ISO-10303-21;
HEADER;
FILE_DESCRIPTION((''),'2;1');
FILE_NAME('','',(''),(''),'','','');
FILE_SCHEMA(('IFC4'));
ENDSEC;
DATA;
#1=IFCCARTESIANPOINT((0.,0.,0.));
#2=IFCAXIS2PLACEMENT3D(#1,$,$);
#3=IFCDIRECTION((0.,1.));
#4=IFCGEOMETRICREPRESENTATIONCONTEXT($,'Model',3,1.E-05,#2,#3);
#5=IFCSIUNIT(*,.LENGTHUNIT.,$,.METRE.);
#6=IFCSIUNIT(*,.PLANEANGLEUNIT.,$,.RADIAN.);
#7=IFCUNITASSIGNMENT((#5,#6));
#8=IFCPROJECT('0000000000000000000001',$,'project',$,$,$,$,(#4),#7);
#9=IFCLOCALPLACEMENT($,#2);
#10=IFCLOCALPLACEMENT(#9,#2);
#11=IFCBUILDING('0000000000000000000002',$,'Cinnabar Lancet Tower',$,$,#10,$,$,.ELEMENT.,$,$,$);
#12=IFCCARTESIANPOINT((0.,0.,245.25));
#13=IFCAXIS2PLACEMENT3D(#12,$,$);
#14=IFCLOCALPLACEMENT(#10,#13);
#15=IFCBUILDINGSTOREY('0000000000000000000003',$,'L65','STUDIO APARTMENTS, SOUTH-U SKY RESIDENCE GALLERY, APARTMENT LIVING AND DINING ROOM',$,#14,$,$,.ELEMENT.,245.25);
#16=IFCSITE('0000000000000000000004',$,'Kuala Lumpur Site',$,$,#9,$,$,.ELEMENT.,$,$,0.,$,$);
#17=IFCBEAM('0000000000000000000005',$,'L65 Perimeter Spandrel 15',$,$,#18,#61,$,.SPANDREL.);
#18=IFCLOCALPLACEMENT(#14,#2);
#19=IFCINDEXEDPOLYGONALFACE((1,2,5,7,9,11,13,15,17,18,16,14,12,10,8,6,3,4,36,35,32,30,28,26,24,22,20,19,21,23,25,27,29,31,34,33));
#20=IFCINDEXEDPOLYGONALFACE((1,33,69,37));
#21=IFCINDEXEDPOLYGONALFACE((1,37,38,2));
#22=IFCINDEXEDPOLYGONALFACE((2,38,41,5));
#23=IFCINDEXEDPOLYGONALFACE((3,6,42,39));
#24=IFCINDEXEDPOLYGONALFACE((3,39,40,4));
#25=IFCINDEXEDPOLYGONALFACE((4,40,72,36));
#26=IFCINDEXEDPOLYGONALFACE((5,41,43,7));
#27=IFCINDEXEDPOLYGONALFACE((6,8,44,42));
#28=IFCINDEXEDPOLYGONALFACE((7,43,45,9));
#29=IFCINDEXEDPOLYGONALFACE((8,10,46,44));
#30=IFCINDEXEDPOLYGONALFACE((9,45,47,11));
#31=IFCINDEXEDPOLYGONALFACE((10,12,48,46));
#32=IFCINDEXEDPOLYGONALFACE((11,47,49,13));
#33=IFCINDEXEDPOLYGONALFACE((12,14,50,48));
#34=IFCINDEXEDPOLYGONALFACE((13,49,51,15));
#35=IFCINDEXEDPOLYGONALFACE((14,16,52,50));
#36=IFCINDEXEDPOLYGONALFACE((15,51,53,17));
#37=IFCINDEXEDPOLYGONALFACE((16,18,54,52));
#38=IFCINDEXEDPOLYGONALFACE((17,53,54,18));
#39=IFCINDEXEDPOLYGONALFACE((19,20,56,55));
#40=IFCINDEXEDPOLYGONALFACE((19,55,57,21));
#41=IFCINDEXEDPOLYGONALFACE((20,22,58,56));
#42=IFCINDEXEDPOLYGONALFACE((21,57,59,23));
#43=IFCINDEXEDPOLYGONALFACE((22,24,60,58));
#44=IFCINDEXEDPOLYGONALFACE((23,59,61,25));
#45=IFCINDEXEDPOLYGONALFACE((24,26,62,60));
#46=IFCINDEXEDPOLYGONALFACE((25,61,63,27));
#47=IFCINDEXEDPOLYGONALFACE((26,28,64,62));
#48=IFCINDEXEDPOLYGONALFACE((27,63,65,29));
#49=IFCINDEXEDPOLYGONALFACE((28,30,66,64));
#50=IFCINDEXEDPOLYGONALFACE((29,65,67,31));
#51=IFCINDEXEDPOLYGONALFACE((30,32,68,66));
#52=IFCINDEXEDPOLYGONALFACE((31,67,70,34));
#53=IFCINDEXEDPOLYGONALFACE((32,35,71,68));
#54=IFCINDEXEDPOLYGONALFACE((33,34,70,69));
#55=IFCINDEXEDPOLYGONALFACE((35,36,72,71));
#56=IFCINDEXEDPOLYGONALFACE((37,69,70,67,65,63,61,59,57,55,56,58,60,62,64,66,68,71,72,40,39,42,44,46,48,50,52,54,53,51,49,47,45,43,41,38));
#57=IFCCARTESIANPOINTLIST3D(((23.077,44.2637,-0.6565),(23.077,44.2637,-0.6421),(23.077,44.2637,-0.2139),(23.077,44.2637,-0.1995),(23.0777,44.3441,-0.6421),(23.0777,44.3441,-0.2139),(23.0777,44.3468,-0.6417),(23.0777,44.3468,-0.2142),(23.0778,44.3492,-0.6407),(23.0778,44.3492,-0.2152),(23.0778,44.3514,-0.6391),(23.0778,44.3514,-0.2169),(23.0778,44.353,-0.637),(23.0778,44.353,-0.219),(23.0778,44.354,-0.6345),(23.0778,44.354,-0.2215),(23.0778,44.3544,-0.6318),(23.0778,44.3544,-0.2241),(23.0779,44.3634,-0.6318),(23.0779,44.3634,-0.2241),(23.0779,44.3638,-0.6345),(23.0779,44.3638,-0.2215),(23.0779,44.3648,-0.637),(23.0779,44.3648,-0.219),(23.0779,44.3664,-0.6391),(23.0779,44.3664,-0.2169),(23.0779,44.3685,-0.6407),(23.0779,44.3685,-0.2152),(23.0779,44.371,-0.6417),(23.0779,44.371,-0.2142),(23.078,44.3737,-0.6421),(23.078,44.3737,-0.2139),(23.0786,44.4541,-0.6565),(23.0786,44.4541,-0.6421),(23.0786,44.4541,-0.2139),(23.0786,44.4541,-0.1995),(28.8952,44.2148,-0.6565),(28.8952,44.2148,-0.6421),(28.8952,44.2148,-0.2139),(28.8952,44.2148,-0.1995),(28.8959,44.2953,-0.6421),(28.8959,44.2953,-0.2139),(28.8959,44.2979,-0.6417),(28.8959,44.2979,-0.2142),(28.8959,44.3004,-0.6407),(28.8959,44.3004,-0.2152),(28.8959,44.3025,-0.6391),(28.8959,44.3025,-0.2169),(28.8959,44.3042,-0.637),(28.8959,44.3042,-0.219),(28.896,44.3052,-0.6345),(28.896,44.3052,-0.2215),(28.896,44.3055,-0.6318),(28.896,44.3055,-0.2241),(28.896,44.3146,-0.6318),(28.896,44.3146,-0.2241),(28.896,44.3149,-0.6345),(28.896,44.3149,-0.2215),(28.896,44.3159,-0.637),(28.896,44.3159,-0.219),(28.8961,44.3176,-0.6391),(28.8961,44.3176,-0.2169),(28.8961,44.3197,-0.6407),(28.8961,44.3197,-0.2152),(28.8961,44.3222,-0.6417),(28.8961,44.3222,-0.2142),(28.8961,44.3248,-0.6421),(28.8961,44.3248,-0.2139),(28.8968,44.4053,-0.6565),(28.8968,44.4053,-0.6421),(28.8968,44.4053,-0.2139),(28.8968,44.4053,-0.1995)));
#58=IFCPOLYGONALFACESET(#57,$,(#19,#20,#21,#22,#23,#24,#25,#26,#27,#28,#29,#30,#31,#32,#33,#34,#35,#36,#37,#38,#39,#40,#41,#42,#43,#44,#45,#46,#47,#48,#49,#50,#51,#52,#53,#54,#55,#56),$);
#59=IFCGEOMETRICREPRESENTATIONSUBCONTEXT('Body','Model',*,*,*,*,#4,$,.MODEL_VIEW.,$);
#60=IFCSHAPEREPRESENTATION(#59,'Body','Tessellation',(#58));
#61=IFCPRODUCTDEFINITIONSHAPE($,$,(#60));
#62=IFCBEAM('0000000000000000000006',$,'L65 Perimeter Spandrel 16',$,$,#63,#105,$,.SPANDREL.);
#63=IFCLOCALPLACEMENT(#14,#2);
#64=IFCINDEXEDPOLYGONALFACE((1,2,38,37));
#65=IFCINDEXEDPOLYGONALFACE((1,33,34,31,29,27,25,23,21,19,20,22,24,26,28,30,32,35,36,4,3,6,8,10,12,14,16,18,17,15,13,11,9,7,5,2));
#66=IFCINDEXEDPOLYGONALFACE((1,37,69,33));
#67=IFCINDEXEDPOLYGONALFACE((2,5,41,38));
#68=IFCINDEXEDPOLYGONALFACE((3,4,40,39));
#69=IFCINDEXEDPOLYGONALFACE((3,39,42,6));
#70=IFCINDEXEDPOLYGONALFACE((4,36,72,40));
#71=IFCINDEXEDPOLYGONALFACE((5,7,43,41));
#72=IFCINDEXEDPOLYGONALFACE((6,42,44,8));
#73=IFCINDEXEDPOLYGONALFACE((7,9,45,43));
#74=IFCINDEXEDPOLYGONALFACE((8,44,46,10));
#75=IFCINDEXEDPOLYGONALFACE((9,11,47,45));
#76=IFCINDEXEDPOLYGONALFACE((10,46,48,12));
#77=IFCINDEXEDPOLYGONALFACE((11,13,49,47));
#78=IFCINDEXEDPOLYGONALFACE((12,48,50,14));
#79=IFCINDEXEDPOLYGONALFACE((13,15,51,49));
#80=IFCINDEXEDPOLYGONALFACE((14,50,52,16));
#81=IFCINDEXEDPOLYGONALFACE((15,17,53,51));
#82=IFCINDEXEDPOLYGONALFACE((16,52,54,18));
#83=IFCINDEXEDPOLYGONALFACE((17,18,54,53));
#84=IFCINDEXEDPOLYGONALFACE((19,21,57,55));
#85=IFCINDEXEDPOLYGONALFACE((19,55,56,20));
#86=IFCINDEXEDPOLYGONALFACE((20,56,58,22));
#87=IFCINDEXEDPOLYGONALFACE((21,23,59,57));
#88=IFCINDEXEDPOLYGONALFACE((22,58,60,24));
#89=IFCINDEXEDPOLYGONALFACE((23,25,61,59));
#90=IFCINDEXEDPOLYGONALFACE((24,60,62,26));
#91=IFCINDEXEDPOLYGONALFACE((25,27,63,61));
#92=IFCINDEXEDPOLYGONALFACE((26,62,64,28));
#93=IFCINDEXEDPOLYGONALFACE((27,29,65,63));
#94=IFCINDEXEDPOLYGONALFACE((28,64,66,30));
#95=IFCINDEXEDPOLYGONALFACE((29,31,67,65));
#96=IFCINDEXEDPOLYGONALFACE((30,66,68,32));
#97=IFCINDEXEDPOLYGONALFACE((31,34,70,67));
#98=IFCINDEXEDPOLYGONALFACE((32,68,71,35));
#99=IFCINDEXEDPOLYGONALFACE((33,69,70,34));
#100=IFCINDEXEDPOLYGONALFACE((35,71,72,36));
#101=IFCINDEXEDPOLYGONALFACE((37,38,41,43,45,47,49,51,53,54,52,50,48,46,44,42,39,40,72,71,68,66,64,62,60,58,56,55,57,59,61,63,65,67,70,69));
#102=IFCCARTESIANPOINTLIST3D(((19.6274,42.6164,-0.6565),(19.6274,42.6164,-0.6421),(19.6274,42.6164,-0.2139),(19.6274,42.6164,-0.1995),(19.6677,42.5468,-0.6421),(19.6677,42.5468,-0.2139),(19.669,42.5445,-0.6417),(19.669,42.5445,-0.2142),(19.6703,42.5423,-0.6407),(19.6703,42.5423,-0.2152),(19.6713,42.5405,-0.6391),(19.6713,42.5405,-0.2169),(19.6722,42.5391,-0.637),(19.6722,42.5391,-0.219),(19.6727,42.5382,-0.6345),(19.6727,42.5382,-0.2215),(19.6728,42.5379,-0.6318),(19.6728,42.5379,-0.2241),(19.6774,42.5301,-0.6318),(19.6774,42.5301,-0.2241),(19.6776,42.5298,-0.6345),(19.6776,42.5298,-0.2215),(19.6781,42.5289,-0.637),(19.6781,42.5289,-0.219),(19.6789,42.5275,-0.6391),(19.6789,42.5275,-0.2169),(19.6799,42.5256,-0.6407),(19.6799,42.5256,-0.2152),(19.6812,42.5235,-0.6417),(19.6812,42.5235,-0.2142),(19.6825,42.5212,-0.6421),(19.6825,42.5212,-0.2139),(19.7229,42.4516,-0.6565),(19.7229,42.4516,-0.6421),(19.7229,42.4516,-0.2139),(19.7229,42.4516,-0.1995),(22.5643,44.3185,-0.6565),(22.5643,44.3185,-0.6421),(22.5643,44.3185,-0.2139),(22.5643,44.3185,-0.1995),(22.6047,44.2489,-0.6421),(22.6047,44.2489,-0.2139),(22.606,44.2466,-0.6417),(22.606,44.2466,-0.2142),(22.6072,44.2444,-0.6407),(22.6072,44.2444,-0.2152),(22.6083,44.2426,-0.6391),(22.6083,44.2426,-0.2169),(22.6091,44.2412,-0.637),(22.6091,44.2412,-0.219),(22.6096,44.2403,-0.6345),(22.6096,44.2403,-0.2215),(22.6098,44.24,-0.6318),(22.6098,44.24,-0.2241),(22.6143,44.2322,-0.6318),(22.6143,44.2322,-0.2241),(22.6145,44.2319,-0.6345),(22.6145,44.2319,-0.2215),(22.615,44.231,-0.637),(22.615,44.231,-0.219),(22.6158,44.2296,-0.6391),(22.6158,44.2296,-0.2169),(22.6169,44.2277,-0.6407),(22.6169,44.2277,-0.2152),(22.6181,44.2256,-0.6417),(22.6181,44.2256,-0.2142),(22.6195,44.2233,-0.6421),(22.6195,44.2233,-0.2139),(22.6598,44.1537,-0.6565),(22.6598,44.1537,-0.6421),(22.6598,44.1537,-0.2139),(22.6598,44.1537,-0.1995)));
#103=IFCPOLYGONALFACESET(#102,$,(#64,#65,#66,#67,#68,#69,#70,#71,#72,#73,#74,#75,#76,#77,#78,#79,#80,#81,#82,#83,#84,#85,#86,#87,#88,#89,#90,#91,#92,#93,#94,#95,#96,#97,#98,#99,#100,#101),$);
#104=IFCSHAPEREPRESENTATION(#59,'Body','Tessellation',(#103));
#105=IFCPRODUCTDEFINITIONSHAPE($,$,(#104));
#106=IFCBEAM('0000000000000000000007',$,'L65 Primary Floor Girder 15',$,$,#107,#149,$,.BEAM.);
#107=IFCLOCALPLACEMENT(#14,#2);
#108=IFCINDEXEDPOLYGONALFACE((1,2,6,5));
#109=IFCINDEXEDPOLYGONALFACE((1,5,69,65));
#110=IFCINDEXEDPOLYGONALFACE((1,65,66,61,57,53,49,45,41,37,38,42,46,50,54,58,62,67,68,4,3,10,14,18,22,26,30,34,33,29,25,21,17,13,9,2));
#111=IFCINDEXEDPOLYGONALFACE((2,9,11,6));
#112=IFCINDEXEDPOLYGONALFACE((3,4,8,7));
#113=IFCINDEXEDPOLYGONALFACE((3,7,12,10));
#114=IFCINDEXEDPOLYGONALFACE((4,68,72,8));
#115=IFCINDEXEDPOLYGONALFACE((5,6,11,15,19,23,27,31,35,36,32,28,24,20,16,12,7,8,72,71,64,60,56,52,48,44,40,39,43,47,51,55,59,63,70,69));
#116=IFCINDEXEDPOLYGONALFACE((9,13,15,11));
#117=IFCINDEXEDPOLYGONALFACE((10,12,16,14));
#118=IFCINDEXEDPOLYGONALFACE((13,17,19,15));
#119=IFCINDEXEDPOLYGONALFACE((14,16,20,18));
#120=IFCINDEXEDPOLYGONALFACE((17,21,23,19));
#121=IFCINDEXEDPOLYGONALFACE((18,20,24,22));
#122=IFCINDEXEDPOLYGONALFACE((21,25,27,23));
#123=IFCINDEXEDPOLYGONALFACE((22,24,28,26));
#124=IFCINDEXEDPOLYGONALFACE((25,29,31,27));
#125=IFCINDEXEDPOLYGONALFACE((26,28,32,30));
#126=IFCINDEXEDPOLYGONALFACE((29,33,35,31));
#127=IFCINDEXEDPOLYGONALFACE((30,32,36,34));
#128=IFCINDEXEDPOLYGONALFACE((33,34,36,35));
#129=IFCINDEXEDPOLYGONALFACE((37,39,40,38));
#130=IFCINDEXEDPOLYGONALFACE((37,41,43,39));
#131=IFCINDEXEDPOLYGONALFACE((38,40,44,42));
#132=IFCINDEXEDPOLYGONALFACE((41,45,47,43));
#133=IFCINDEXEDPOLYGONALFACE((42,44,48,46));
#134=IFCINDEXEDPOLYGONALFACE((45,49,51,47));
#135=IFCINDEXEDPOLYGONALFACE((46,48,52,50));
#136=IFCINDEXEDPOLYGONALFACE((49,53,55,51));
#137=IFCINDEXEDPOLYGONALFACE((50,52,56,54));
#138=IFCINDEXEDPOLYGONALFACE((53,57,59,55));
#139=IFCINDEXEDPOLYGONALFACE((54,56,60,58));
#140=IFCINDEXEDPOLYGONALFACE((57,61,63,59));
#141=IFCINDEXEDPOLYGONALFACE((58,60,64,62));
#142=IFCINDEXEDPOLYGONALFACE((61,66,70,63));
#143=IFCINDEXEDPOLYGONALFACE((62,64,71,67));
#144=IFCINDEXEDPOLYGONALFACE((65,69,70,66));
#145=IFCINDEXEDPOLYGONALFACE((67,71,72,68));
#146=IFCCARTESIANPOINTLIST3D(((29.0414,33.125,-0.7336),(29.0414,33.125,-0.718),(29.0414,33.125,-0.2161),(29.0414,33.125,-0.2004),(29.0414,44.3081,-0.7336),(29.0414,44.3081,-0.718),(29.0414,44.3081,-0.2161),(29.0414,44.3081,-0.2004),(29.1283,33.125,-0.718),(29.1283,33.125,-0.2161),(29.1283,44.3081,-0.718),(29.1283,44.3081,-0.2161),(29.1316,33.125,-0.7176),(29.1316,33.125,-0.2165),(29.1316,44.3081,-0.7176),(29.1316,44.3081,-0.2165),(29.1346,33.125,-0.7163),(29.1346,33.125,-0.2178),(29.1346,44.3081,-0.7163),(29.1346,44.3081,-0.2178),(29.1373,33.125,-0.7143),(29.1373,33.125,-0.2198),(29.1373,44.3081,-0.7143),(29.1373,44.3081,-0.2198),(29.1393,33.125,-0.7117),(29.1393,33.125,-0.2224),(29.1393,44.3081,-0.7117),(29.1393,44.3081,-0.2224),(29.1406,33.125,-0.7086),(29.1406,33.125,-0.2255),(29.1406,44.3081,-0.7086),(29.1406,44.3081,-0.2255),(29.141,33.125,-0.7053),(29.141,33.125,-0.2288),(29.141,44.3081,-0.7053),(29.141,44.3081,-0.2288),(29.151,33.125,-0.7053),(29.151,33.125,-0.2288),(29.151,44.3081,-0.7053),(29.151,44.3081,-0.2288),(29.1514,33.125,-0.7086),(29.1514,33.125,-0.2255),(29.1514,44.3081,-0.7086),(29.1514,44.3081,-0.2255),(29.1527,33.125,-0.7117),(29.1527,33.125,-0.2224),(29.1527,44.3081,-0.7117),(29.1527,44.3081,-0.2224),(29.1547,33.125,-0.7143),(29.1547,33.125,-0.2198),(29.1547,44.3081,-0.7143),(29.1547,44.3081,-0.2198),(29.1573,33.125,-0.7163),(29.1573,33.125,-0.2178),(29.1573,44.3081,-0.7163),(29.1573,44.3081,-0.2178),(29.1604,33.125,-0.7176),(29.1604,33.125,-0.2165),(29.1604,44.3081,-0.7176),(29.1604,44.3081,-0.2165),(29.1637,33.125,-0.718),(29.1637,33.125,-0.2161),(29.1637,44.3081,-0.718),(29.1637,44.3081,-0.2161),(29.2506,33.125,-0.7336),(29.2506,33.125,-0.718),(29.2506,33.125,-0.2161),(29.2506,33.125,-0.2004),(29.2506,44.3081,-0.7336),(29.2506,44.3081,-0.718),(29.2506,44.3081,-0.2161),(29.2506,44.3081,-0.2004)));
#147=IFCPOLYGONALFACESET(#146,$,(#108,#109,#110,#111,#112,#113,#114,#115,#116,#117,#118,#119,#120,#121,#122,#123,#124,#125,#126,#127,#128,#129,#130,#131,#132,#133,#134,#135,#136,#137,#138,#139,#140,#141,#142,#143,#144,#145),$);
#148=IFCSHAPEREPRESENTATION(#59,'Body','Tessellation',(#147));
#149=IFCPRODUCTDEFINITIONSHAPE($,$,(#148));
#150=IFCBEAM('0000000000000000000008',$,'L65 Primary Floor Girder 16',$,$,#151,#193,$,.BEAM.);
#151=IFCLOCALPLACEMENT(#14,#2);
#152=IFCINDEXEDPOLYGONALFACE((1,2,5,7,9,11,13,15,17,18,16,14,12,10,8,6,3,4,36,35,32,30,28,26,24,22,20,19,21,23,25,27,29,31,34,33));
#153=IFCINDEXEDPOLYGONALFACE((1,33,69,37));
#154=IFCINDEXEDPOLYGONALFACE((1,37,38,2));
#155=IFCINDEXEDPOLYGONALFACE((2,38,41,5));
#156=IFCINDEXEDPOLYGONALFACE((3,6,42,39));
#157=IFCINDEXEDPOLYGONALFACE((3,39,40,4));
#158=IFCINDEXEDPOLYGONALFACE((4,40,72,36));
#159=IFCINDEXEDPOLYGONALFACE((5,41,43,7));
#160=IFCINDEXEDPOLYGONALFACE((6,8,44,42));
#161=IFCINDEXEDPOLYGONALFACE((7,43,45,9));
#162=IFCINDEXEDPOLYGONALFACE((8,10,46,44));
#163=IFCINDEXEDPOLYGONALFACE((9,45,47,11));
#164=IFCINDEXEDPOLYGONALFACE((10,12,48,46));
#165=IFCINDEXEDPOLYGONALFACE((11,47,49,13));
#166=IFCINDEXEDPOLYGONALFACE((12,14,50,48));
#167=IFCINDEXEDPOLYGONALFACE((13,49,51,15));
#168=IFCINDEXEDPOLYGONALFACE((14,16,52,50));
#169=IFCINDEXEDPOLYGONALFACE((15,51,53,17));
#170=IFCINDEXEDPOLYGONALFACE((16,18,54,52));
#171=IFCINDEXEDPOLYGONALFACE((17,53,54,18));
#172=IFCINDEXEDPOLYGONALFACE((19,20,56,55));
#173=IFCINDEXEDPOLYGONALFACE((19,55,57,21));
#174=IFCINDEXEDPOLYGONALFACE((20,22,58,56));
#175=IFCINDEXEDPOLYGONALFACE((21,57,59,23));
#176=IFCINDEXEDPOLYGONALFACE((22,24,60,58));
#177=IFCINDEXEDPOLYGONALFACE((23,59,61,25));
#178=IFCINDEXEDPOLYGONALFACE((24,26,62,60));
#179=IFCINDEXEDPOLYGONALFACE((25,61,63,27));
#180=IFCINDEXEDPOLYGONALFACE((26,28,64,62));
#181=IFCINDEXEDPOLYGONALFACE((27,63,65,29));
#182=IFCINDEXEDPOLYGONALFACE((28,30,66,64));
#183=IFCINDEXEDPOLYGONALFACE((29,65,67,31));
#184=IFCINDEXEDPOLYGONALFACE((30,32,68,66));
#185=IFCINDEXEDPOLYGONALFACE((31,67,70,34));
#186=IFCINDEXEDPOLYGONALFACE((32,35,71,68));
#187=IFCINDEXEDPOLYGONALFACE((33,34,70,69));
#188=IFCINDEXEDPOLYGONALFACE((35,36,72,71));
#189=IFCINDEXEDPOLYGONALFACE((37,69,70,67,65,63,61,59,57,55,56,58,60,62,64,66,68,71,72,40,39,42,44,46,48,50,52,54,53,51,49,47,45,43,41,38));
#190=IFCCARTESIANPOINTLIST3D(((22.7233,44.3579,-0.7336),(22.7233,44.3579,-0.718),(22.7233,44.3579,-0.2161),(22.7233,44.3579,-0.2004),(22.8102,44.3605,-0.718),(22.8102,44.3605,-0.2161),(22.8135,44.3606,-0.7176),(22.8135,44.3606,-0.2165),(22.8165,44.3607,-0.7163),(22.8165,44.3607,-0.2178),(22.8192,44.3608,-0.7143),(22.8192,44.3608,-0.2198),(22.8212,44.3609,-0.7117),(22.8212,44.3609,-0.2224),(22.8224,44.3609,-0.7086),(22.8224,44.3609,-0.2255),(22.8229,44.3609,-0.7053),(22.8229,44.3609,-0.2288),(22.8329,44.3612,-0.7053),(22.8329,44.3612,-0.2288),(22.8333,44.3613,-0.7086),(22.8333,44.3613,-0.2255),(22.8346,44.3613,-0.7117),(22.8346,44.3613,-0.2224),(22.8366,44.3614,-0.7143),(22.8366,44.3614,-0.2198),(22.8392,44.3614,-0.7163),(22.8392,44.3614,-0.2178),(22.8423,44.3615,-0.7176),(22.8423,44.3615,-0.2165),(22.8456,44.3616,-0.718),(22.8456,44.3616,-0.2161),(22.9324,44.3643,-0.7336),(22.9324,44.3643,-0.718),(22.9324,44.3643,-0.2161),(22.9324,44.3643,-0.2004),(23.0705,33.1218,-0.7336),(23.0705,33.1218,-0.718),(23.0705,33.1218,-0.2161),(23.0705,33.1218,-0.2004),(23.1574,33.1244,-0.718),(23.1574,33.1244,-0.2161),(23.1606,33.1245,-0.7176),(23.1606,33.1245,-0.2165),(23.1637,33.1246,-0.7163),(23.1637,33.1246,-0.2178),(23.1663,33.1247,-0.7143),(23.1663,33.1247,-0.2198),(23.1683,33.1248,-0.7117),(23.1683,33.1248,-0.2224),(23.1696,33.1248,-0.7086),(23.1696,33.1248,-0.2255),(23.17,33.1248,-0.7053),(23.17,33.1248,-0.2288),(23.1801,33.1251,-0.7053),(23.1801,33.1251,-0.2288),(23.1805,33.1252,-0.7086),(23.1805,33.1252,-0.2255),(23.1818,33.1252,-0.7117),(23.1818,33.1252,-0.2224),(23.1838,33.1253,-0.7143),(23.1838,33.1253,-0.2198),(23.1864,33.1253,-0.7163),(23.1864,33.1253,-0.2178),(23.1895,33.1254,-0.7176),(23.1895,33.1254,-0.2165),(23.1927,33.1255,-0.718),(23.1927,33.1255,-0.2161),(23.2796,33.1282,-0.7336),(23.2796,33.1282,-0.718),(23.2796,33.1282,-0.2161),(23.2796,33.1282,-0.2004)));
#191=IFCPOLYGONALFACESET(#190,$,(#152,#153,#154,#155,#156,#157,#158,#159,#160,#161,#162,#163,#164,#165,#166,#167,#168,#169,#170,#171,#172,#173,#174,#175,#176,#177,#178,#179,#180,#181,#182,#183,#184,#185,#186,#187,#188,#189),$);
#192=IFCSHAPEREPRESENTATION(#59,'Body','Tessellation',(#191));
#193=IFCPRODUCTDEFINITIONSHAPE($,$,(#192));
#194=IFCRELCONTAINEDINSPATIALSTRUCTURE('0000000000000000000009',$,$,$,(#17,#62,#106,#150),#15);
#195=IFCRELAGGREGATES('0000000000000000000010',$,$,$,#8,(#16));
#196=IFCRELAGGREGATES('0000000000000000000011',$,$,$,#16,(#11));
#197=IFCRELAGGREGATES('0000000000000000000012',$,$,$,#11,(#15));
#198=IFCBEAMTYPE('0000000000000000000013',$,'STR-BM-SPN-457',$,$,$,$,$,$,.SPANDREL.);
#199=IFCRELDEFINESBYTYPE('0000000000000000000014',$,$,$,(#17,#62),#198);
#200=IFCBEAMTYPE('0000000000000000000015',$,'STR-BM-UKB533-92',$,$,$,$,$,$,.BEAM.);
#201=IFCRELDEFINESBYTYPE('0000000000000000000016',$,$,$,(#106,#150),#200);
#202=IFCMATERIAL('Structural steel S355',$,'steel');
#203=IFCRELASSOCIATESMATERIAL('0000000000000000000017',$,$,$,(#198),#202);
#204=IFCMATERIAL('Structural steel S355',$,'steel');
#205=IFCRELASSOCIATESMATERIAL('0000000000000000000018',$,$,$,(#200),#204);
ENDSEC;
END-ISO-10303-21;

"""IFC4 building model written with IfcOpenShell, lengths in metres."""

from ifc_helpers import new_model, si_unit, direction, frame, origin, origin_2d, place, context, subcontext, project, spatial, i_section, extrude, material, material_profile, profile_set, type_object, element, save


model = new_model("IFC4")

# Units and contexts
model_context = context("Model", 3, precision=1e-05, world=origin(), true_north=direction((0.0, 1.0)))
body_context = subcontext(model_context, "Body", "Model", "MODEL_VIEW")
ifc_project = project(units=[si_unit("LENGTHUNIT", "METRE"), si_unit("PLANEANGLEUNIT", "RADIAN")], contexts=[model_context])

# Site, building, storey
site_placement = place(None, origin())
site = spatial("IfcSite", under=ifc_project, at=site_placement, Name="Kuala Lumpur Site", CompositionType="ELEMENT", RefElevation=0.0)
building_placement = place(site_placement, origin())
building = spatial("IfcBuilding", under=site, at=building_placement, Name="Cinnabar Lancet Tower", CompositionType="ELEMENT")
storey_placement = place(building_placement, frame((0.0, 0.0, 245.25)))
storey = spatial("IfcBuildingStorey", under=building, at=storey_placement, Name="L65", Description="STUDIO APARTMENTS, SOUTH-U SKY RESIDENCE GALLERY, APARTMENT LIVING AND DINING ROOM", CompositionType="ELEMENT", Elevation=245.25)

# Beams
ifc_material_1 = material(Name="Structural steel S355", Category="steel")
ifc_material_profile_1 = material_profile(ifc_material_1, i_section(OverallWidth=0.1904, OverallDepth=0.457, WebThickness=0.009, FlangeThickness=0.0144, FilletRadius=0.0103, at=origin_2d()), Name="UKB 457x191x74")
ifc_profile_set_1 = profile_set([ifc_material_profile_1], Name="Structural steel S355")
beam_type_1 = type_object("IfcBeamType", Name="STR-BM-SPN-457", PredefinedType="SPANDREL", material=ifc_profile_set_1)
beam_1_placement = place(storey_placement, frame((28.896, 44.3101, -0.428), z_axis=(-0.999965, 0.008392, 0.0), x_axis=(-0.008392, -0.999965, 0.0)))
element("IfcBeam", 1, at=beam_1_placement, inside=storey, type_object=beam_type_1, Name="L65 Perimeter Spandrel 15", PredefinedType="SPANDREL", context=body_context, shape_type="SweptSolid", body=[
    extrude(i_section(OverallWidth=0.1904, OverallDepth=0.457, WebThickness=0.009, FlangeThickness=0.0144, FilletRadius=0.0103, at=origin_2d()), origin(), (0.0, 0.0, 1.0), 5.8184),
])
beam_2_placement = place(storey_placement, frame((22.6121, 44.2361, -0.428), z_axis=(-0.8652, -0.501427, 0.0), x_axis=(0.501427, -0.8652, 0.0)))
element("IfcBeam", 2, at=beam_2_placement, inside=storey, type_object=beam_type_1, Name="L65 Perimeter Spandrel 16", PredefinedType="SPANDREL", context=body_context, shape_type="SweptSolid", body=[
    extrude(i_section(OverallWidth=0.1904, OverallDepth=0.457, WebThickness=0.009, FlangeThickness=0.0144, FilletRadius=0.0103, at=origin_2d()), origin(), (0.0, 0.0, 1.0), 3.3945),
])
ifc_material_2 = material(Name="Structural steel S355", Category="steel")
ifc_material_profile_2 = material_profile(ifc_material_2, i_section(OverallWidth=0.2092, OverallDepth=0.5332, WebThickness=0.01, FlangeThickness=0.0156, FilletRadius=0.0127, at=origin_2d()), Name="UKB 533x210x92")
ifc_profile_set_2 = profile_set([ifc_material_profile_2], Name="Structural steel S355")
beam_type_2 = type_object("IfcBeamType", Name="STR-BM-UKB533-92", PredefinedType="BEAM", material=ifc_profile_set_2)
beam_3_placement = place(storey_placement, frame((29.146, 44.3081, -0.467), z_axis=(0.0, -1.0, 0.0), x_axis=(1.0, 0.0, 0.0)))
element("IfcBeam", 3, at=beam_3_placement, inside=storey, type_object=beam_type_2, Name="L65 Primary Floor Girder 15", PredefinedType="BEAM", context=body_context, shape_type="SweptSolid", body=[
    extrude(i_section(OverallWidth=0.2092, OverallDepth=0.5332, WebThickness=0.01, FlangeThickness=0.0156, FilletRadius=0.0127, at=origin_2d()), origin(), (0.0, 0.0, 1.0), 11.1831),
])
beam_4_placement = place(storey_placement, frame((22.8279, 44.3611, -0.467), z_axis=(0.030883, -0.999523, 0.0), x_axis=(0.999523, 0.030883, 0.0)))
element("IfcBeam", 4, at=beam_4_placement, inside=storey, type_object=beam_type_2, Name="L65 Primary Floor Girder 16", PredefinedType="BEAM", context=body_context, shape_type="SweptSolid", body=[
    extrude(i_section(OverallWidth=0.2092, OverallDepth=0.5332, WebThickness=0.01, FlangeThickness=0.0156, FilletRadius=0.0127, at=origin_2d()), origin(), (0.0, 0.0, 1.0), 11.2415),
])

save(model, "model.ifc")
